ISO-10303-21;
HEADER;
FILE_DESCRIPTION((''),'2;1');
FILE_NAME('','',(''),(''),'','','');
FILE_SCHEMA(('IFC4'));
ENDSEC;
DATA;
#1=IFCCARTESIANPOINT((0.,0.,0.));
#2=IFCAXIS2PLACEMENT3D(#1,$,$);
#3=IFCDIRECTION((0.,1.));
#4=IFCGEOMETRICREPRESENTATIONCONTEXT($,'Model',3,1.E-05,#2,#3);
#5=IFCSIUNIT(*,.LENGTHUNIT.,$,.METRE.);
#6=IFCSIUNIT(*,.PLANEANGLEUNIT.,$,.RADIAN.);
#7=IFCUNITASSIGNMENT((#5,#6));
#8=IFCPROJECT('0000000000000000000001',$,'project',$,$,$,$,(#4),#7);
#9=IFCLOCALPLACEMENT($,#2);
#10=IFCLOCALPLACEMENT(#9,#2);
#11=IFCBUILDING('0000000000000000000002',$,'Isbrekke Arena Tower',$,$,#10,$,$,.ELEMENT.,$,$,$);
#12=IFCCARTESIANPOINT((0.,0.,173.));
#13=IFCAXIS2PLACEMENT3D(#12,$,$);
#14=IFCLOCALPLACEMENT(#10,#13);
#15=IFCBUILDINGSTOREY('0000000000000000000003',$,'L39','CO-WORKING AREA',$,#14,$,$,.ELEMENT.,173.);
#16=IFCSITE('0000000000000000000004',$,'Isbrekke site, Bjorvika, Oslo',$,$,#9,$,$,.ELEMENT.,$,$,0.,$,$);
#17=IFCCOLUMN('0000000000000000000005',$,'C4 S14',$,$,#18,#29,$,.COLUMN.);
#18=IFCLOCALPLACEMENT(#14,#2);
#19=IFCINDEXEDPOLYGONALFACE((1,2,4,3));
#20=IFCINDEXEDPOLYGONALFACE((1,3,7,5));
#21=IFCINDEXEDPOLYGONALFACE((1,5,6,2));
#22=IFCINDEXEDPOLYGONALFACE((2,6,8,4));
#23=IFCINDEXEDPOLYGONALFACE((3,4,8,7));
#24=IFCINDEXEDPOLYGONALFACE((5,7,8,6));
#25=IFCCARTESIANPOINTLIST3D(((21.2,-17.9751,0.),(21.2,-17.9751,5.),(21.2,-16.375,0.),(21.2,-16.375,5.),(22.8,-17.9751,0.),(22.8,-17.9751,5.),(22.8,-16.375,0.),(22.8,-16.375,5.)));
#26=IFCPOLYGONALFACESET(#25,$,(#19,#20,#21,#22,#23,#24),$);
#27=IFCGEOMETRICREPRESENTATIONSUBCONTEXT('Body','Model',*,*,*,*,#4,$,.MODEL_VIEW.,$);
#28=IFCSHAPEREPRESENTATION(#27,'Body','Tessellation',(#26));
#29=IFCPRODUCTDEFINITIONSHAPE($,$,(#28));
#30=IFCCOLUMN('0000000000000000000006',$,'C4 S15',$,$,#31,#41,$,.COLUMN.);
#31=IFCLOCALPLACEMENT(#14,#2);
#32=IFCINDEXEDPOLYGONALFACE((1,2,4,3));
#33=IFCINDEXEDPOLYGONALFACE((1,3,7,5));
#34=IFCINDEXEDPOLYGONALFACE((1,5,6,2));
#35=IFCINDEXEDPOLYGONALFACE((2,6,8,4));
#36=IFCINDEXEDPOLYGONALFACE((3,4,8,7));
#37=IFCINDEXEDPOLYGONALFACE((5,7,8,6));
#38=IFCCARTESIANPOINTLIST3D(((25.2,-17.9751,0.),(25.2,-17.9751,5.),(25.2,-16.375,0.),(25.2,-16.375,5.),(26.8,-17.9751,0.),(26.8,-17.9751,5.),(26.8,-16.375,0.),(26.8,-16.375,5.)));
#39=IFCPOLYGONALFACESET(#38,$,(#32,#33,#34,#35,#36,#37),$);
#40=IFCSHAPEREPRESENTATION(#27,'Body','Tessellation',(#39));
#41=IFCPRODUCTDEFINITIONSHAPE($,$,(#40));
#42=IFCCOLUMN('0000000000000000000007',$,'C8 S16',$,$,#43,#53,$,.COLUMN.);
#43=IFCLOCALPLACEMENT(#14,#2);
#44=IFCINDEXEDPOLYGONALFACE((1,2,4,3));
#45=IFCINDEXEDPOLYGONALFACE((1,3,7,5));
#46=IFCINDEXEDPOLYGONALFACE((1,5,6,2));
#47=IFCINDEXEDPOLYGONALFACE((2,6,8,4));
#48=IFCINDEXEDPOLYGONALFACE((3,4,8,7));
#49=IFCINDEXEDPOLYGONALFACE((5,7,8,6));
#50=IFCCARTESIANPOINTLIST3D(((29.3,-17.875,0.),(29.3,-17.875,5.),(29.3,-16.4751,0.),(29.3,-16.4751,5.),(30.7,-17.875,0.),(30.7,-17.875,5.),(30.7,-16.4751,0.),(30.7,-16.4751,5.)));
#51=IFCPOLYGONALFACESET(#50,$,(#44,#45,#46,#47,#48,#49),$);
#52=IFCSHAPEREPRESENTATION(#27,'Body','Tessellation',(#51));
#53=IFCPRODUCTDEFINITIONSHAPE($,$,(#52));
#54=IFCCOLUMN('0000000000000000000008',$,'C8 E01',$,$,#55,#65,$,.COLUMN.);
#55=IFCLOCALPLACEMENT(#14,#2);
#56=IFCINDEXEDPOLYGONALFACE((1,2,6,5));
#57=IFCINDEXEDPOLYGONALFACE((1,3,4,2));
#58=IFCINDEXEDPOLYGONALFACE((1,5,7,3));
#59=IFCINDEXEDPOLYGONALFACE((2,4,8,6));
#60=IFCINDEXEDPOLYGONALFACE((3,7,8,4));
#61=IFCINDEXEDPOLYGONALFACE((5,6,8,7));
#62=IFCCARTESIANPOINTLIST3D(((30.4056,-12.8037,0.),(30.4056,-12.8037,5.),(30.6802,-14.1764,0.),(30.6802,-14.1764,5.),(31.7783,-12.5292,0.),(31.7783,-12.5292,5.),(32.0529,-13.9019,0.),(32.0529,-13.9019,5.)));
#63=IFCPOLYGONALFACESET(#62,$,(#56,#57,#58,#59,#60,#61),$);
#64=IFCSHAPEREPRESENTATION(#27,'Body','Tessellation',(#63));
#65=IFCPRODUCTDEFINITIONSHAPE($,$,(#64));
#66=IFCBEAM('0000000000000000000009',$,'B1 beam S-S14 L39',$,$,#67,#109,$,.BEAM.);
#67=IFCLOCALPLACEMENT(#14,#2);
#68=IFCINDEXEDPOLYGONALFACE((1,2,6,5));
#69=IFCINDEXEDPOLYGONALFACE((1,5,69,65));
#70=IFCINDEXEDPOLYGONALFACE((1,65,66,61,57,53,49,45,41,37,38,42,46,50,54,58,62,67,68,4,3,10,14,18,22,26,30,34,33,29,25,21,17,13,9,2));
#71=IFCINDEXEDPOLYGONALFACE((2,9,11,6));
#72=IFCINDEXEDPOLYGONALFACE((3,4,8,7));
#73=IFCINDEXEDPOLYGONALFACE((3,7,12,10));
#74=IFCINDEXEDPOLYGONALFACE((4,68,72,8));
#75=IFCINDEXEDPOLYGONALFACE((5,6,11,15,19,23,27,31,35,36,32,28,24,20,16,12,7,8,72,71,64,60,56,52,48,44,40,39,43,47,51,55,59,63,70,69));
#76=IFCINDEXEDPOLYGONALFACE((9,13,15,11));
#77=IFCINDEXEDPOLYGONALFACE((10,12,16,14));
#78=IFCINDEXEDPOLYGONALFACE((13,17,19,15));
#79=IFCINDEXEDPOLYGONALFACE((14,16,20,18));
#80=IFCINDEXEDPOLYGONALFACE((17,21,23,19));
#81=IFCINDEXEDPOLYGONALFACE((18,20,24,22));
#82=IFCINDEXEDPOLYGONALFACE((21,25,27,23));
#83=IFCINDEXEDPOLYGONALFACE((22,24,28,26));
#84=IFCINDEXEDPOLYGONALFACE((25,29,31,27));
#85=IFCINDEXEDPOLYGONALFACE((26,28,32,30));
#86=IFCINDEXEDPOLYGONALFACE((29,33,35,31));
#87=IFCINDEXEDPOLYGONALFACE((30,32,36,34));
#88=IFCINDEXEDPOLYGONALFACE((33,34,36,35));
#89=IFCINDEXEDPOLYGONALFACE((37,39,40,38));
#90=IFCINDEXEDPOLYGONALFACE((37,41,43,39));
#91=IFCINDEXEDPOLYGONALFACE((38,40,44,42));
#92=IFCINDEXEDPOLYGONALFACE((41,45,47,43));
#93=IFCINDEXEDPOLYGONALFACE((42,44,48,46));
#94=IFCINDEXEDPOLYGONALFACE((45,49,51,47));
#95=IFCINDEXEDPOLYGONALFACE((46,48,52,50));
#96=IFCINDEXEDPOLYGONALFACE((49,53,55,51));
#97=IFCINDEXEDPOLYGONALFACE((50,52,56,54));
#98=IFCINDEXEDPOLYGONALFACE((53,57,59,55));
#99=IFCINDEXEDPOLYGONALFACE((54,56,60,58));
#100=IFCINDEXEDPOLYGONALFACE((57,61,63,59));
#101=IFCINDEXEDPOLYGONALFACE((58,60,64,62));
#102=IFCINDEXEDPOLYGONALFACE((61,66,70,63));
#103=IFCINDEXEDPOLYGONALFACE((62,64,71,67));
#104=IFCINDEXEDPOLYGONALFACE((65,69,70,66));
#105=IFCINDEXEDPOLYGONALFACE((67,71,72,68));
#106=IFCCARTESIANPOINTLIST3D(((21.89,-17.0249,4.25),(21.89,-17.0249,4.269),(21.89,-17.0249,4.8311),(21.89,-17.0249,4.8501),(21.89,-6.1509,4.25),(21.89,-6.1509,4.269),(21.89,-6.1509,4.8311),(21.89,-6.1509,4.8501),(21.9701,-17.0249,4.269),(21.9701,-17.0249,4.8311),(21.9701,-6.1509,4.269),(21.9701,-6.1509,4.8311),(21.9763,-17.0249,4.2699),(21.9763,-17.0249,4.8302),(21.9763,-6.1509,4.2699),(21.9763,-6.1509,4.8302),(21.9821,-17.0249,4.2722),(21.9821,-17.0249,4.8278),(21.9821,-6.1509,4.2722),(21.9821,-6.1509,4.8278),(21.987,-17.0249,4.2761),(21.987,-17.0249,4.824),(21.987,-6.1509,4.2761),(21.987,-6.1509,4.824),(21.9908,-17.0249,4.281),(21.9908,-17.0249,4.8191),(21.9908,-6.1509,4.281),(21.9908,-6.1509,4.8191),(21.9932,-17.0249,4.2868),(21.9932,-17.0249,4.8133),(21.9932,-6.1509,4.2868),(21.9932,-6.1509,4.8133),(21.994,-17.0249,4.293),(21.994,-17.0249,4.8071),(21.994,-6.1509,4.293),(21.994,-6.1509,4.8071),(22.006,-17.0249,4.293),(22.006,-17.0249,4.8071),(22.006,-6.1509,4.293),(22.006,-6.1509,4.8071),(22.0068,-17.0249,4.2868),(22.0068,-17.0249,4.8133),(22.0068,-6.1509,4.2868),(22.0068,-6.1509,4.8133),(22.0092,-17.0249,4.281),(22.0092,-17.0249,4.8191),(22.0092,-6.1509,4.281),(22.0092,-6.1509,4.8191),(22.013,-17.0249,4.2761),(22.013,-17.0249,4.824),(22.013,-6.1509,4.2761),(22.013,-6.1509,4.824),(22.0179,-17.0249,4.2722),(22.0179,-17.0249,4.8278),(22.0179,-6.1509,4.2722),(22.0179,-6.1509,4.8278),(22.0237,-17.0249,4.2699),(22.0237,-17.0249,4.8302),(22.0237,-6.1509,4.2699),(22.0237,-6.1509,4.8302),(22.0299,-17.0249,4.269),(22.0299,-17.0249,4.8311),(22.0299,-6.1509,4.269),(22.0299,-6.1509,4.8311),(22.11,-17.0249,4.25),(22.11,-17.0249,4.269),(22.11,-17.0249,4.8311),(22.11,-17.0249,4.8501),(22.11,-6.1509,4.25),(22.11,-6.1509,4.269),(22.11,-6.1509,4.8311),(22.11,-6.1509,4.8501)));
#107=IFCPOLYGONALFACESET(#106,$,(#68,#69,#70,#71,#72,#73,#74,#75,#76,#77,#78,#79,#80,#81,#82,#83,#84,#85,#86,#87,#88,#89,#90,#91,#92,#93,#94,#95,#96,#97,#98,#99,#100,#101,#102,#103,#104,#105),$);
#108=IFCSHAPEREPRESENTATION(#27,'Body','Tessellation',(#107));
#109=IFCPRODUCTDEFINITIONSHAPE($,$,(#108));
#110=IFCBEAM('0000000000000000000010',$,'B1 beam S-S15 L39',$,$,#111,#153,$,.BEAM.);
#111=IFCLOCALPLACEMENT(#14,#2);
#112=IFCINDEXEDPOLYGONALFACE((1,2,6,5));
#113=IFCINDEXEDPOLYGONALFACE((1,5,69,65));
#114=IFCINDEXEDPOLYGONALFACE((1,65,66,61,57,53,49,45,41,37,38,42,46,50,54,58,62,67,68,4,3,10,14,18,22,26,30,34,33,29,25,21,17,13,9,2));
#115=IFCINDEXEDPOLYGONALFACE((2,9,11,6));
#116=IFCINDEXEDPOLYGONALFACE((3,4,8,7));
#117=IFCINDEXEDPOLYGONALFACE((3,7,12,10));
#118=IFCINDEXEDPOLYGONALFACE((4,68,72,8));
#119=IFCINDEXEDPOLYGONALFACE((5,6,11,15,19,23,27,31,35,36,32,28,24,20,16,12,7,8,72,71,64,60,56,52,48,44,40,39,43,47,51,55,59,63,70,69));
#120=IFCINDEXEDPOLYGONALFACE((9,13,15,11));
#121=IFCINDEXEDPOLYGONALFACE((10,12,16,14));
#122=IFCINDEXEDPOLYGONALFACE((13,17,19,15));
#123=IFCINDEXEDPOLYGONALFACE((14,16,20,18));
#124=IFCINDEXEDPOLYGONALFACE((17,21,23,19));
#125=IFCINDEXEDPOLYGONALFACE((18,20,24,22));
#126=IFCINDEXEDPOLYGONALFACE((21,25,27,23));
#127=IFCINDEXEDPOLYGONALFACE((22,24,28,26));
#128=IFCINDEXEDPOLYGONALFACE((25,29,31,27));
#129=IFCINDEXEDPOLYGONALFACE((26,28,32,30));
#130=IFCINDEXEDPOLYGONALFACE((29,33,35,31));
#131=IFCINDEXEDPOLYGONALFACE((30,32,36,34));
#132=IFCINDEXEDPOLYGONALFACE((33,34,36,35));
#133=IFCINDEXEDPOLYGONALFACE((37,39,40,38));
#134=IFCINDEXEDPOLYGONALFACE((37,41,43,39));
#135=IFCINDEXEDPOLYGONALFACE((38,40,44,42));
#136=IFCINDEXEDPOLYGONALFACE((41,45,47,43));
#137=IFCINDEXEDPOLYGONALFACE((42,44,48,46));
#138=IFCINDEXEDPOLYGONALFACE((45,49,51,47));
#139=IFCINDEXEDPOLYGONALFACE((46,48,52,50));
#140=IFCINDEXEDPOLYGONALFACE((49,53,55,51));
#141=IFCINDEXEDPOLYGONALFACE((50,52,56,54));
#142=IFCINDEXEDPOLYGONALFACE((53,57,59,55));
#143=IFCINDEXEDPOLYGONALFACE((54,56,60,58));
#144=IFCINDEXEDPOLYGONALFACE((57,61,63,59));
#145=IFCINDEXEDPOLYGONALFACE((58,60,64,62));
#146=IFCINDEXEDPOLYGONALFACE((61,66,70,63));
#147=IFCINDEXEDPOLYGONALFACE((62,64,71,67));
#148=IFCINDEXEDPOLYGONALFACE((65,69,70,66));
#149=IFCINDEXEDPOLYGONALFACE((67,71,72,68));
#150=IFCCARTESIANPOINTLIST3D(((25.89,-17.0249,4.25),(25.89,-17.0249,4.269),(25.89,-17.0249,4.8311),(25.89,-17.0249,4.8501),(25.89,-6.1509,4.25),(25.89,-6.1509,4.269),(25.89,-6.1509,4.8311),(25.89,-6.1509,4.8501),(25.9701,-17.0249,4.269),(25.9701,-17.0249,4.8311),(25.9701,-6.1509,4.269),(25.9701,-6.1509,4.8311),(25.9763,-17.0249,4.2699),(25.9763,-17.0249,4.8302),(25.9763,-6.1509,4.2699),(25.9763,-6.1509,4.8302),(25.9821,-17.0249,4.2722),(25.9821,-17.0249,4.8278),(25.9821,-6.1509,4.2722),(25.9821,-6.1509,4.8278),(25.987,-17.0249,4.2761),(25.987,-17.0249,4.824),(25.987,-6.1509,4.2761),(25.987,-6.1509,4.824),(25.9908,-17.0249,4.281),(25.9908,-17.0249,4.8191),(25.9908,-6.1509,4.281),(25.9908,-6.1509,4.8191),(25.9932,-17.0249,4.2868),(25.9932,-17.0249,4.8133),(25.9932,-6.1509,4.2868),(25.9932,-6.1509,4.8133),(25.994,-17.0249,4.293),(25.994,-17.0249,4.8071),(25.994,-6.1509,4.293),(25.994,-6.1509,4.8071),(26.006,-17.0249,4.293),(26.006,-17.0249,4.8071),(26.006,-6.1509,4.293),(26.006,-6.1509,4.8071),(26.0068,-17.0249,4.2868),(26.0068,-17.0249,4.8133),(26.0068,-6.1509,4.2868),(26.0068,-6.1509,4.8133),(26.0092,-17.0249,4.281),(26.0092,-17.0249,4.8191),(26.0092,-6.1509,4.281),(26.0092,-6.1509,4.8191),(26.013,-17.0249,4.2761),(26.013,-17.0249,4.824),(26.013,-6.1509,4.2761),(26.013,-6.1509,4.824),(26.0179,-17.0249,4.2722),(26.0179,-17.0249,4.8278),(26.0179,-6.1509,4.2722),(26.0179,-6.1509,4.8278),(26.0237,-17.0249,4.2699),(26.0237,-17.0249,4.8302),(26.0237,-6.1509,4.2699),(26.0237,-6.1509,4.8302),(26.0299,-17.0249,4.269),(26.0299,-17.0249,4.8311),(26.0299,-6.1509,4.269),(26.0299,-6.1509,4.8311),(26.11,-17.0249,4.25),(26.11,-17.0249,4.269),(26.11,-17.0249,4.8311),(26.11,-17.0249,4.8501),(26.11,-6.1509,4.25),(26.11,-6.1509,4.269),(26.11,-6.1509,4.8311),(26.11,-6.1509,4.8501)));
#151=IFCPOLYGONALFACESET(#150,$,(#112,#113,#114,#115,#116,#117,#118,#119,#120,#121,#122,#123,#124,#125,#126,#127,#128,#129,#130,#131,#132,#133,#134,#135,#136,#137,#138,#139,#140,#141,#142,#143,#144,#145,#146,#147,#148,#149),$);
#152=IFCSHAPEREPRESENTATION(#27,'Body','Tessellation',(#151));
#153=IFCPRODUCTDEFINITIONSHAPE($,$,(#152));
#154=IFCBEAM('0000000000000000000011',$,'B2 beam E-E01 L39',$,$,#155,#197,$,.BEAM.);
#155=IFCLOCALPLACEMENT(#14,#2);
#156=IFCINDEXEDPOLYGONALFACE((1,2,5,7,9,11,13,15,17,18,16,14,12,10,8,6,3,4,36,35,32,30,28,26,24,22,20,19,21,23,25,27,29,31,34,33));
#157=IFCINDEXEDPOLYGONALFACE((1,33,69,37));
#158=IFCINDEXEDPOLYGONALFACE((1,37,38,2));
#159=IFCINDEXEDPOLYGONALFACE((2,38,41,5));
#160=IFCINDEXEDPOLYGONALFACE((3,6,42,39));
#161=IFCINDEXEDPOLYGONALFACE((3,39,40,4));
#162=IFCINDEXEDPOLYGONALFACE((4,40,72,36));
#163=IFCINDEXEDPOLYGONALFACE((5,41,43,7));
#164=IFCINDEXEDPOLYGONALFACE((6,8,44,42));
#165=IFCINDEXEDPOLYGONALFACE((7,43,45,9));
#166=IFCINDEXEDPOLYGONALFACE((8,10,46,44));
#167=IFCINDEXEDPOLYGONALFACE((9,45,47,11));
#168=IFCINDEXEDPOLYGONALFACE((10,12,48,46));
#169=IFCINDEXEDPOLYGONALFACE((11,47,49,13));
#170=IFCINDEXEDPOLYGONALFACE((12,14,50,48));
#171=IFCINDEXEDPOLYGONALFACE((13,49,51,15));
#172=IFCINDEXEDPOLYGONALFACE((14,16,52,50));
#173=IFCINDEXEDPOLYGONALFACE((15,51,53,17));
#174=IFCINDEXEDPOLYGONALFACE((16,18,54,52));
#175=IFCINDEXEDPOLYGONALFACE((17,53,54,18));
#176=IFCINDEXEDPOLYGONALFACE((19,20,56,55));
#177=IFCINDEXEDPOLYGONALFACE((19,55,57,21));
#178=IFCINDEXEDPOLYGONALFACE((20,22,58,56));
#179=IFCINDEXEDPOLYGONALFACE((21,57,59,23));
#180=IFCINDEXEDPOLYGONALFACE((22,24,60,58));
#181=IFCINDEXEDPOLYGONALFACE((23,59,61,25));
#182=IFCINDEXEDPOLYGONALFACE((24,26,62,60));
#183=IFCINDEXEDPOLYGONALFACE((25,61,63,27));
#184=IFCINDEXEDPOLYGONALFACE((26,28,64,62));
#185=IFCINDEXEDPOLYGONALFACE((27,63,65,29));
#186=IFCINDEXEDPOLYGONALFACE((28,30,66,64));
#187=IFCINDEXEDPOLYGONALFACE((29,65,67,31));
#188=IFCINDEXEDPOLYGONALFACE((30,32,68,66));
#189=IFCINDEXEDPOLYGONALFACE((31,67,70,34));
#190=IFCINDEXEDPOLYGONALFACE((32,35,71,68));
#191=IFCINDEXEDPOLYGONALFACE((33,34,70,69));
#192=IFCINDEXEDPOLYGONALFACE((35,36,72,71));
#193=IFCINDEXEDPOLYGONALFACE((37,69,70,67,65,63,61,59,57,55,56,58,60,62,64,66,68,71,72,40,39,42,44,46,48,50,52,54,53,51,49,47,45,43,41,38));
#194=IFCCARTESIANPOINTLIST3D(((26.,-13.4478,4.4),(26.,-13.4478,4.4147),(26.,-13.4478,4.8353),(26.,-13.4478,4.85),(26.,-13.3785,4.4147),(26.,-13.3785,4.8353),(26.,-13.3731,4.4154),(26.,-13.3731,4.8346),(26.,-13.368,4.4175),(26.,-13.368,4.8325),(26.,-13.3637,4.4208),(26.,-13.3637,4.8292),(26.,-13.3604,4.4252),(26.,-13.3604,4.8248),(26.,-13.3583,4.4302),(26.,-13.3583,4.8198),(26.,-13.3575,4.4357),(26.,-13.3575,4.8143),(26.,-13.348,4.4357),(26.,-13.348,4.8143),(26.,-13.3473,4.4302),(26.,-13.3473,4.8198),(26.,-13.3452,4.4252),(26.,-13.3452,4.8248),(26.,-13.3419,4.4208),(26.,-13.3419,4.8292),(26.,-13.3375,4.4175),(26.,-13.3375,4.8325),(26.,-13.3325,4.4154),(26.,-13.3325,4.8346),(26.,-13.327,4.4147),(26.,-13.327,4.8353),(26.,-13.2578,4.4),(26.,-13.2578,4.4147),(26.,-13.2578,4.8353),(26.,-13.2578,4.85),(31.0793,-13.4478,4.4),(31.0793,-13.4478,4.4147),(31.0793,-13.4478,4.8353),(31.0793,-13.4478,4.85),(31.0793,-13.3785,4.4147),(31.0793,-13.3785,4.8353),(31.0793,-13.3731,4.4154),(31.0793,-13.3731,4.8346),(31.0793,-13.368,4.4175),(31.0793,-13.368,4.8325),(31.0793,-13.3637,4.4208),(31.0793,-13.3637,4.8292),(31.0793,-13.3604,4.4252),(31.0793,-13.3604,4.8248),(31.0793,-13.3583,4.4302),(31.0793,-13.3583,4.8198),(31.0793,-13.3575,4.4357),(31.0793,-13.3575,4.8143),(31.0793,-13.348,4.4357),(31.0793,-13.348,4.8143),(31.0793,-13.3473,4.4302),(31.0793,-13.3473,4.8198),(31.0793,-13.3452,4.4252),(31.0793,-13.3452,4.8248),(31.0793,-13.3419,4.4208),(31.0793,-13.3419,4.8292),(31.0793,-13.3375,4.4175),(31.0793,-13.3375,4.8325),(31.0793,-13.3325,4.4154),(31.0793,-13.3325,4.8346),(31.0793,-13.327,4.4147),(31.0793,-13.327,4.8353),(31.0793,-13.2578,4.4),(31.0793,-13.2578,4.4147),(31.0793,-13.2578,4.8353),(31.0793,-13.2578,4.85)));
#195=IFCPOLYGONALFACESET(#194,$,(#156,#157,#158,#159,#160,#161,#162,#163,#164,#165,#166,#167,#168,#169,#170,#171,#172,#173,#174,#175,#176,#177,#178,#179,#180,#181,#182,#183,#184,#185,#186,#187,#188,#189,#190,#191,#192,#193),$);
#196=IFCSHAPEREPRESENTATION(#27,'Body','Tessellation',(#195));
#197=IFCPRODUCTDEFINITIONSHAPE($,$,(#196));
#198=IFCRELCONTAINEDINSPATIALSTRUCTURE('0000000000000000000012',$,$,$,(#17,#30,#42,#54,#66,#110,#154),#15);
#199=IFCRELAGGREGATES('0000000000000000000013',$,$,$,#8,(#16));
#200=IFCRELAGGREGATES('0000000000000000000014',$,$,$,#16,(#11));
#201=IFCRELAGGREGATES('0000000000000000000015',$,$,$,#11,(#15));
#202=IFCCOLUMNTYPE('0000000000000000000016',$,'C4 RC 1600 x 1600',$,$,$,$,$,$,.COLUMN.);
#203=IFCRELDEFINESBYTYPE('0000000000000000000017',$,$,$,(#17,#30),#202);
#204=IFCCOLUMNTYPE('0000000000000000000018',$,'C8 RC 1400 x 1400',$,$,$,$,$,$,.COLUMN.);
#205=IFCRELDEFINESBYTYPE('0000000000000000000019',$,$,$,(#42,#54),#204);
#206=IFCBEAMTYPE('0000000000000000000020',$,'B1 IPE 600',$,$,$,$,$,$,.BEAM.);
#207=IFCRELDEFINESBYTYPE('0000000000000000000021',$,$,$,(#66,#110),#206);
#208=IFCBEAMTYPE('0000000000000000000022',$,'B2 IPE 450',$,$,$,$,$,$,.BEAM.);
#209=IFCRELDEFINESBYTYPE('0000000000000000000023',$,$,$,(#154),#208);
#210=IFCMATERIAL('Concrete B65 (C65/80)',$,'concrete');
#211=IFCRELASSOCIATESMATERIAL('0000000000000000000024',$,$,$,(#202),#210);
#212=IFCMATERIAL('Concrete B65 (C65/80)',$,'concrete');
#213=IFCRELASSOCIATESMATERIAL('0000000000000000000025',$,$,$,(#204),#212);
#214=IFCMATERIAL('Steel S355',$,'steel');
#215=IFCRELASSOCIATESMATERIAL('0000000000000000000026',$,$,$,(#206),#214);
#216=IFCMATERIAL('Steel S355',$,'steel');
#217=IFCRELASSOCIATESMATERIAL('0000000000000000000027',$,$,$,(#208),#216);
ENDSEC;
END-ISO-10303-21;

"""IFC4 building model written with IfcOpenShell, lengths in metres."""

from ifc_helpers import new_model, si_unit, direction, frame, origin, origin_2d, place, context, subcontext, project, spatial, rectangle, i_section, extrude, material, material_profile, profile_set, type_object, element, save


model = new_model("IFC4")

# Units and contexts
model_context = context("Model", 3, precision=1e-05, world=origin(), true_north=direction((0.0, 1.0)))
body_context = subcontext(model_context, "Body", "Model", "MODEL_VIEW")
ifc_project = project(units=[si_unit("LENGTHUNIT", "METRE"), si_unit("PLANEANGLEUNIT", "RADIAN")], contexts=[model_context])

# Site, building, storey
site_placement = place(None, origin())
site = spatial("IfcSite", under=ifc_project, at=site_placement, Name="Isbrekke site, Bjorvika, Oslo", CompositionType="ELEMENT", RefElevation=0.0)
building_placement = place(site_placement, origin())
building = spatial("IfcBuilding", under=site, at=building_placement, Name="Isbrekke Arena Tower", CompositionType="ELEMENT")
storey_placement = place(building_placement, frame((0.0, 0.0, 173.0)))
storey = spatial("IfcBuildingStorey", under=building, at=storey_placement, Name="L39", Description="CO-WORKING AREA", CompositionType="ELEMENT", Elevation=173.0)

# Columns
ifc_material_1 = material(Name="Concrete B65 (C65/80)", Category="concrete")
ifc_material_profile_1 = material_profile(ifc_material_1, rectangle(XDim=1.6001, YDim=1.6001, at=origin_2d()), Name="RC 1600x1600")
ifc_profile_set_1 = profile_set([ifc_material_profile_1], Name="Concrete B65 (C65/80)")
column_type_1 = type_object("IfcColumnType", Name="C4 RC 1600 x 1600", PredefinedType="COLUMN", material=ifc_profile_set_1)
for number, where, z_axis, x_axis, name in (
    (1, (22.0, -17.175, 0.0), (0.0, 0.0, 1.0), (1.0, 0.0, 0.0), "C4 S14"),
    (2, (26.0, -17.175, 0.0), (0.0, 0.0, 1.0), (1.0, 0.0, 0.0), "C4 S15"),
):
    element("IfcColumn", number, at=place(storey_placement, frame(where, z_axis=z_axis, x_axis=x_axis)), inside=storey, type_object=column_type_1, Name=name, PredefinedType="COLUMN", context=body_context, shape_type="SweptSolid", body=[
        extrude(rectangle(XDim=1.6001, YDim=1.6001, at=origin_2d()), origin(), (0.0, 0.0, 1.0), 5.0),
    ])
ifc_material_2 = material(Name="Concrete B65 (C65/80)", Category="concrete")
ifc_material_profile_2 = material_profile(ifc_material_2, rectangle(XDim=1.3999, YDim=1.3999, at=origin_2d()), Name="RC 1400x1400")
ifc_profile_set_2 = profile_set([ifc_material_profile_2], Name="Concrete B65 (C65/80)")
column_type_2 = type_object("IfcColumnType", Name="C8 RC 1400 x 1400", PredefinedType="COLUMN", material=ifc_profile_set_2)
for number, where, z_axis, x_axis, name in (
    (3, (30.0, -17.175, 0.0), (0.0, 0.0, 1.0), (1.0, 0.0, 0.0), "C8 S16"),
    (4, (31.2292, -13.3528, 0.0), (0.0, 0.0, 1.0), (-0.196116, 0.980581, 0.0), "C8 E01"),
):
    element("IfcColumn", number, at=place(storey_placement, frame(where, z_axis=z_axis, x_axis=x_axis)), inside=storey, type_object=column_type_2, Name=name, PredefinedType="COLUMN", context=body_context, shape_type="SweptSolid", body=[
        extrude(rectangle(XDim=1.3999, YDim=1.3999, at=origin_2d()), origin(), (0.0, 0.0, 1.0), 5.0),
    ])

# Beams
ifc_material_3 = material(Name="Steel S355", Category="steel")
ifc_material_profile_3 = material_profile(ifc_material_3, i_section(OverallWidth=0.22, OverallDepth=0.6001, WebThickness=0.012, FlangeThickness=0.019, FilletRadius=0.0239, at=origin_2d()), Name="IPE 600")
ifc_profile_set_3 = profile_set([ifc_material_profile_3], Name="Steel S355")
beam_type_1 = type_object("IfcBeamType", Name="B1 IPE 600", PredefinedType="BEAM", material=ifc_profile_set_3)
for number, where, z_axis, x_axis, name in (
    (5, (22.0, -17.0249, 4.55), (0.0, 1.0, 0.0), (-1.0, 0.0, 0.0), "B1 beam S-S14 L39"),
    (6, (26.0, -17.0249, 4.55), (0.0, 1.0, 0.0), (-1.0, 0.0, 0.0), "B1 beam S-S15 L39"),
):
    element("IfcBeam", number, at=place(storey_placement, frame(where, z_axis=z_axis, x_axis=x_axis)), inside=storey, type_object=beam_type_1, Name=name, PredefinedType="BEAM", context=body_context, shape_type="SweptSolid", body=[
        extrude(i_section(OverallWidth=0.22, OverallDepth=0.6001, WebThickness=0.012, FlangeThickness=0.019, FilletRadius=0.0239, at=origin_2d()), origin(), (0.0, 0.0, 1.0), 10.874),
    ])
ifc_material_4 = material(Name="Steel S355", Category="steel")
ifc_material_profile_4 = material_profile(ifc_material_4, i_section(OverallWidth=0.1899, OverallDepth=0.45, WebThickness=0.0095, FlangeThickness=0.0146, FilletRadius=0.021, at=origin_2d()), Name="IPE 450")
ifc_profile_set_4 = profile_set([ifc_material_profile_4], Name="Steel S355")
beam_type_2 = type_object("IfcBeamType", Name="B2 IPE 450", PredefinedType="BEAM", material=ifc_profile_set_4)
beam_1_placement = place(storey_placement, frame((31.0793, -13.3528, 4.625), z_axis=(-1.0, 0.0, 0.0), x_axis=(0.0, -1.0, 0.0)))
element("IfcBeam", 7, at=beam_1_placement, inside=storey, type_object=beam_type_2, Name="B2 beam E-E01 L39", PredefinedType="BEAM", context=body_context, shape_type="SweptSolid", body=[
    extrude(i_section(OverallWidth=0.1899, OverallDepth=0.45, WebThickness=0.0095, FlangeThickness=0.0146, FilletRadius=0.021, at=origin_2d()), origin(), (0.0, 0.0, 1.0), 5.0793),
])

save(model, "model.ifc")
